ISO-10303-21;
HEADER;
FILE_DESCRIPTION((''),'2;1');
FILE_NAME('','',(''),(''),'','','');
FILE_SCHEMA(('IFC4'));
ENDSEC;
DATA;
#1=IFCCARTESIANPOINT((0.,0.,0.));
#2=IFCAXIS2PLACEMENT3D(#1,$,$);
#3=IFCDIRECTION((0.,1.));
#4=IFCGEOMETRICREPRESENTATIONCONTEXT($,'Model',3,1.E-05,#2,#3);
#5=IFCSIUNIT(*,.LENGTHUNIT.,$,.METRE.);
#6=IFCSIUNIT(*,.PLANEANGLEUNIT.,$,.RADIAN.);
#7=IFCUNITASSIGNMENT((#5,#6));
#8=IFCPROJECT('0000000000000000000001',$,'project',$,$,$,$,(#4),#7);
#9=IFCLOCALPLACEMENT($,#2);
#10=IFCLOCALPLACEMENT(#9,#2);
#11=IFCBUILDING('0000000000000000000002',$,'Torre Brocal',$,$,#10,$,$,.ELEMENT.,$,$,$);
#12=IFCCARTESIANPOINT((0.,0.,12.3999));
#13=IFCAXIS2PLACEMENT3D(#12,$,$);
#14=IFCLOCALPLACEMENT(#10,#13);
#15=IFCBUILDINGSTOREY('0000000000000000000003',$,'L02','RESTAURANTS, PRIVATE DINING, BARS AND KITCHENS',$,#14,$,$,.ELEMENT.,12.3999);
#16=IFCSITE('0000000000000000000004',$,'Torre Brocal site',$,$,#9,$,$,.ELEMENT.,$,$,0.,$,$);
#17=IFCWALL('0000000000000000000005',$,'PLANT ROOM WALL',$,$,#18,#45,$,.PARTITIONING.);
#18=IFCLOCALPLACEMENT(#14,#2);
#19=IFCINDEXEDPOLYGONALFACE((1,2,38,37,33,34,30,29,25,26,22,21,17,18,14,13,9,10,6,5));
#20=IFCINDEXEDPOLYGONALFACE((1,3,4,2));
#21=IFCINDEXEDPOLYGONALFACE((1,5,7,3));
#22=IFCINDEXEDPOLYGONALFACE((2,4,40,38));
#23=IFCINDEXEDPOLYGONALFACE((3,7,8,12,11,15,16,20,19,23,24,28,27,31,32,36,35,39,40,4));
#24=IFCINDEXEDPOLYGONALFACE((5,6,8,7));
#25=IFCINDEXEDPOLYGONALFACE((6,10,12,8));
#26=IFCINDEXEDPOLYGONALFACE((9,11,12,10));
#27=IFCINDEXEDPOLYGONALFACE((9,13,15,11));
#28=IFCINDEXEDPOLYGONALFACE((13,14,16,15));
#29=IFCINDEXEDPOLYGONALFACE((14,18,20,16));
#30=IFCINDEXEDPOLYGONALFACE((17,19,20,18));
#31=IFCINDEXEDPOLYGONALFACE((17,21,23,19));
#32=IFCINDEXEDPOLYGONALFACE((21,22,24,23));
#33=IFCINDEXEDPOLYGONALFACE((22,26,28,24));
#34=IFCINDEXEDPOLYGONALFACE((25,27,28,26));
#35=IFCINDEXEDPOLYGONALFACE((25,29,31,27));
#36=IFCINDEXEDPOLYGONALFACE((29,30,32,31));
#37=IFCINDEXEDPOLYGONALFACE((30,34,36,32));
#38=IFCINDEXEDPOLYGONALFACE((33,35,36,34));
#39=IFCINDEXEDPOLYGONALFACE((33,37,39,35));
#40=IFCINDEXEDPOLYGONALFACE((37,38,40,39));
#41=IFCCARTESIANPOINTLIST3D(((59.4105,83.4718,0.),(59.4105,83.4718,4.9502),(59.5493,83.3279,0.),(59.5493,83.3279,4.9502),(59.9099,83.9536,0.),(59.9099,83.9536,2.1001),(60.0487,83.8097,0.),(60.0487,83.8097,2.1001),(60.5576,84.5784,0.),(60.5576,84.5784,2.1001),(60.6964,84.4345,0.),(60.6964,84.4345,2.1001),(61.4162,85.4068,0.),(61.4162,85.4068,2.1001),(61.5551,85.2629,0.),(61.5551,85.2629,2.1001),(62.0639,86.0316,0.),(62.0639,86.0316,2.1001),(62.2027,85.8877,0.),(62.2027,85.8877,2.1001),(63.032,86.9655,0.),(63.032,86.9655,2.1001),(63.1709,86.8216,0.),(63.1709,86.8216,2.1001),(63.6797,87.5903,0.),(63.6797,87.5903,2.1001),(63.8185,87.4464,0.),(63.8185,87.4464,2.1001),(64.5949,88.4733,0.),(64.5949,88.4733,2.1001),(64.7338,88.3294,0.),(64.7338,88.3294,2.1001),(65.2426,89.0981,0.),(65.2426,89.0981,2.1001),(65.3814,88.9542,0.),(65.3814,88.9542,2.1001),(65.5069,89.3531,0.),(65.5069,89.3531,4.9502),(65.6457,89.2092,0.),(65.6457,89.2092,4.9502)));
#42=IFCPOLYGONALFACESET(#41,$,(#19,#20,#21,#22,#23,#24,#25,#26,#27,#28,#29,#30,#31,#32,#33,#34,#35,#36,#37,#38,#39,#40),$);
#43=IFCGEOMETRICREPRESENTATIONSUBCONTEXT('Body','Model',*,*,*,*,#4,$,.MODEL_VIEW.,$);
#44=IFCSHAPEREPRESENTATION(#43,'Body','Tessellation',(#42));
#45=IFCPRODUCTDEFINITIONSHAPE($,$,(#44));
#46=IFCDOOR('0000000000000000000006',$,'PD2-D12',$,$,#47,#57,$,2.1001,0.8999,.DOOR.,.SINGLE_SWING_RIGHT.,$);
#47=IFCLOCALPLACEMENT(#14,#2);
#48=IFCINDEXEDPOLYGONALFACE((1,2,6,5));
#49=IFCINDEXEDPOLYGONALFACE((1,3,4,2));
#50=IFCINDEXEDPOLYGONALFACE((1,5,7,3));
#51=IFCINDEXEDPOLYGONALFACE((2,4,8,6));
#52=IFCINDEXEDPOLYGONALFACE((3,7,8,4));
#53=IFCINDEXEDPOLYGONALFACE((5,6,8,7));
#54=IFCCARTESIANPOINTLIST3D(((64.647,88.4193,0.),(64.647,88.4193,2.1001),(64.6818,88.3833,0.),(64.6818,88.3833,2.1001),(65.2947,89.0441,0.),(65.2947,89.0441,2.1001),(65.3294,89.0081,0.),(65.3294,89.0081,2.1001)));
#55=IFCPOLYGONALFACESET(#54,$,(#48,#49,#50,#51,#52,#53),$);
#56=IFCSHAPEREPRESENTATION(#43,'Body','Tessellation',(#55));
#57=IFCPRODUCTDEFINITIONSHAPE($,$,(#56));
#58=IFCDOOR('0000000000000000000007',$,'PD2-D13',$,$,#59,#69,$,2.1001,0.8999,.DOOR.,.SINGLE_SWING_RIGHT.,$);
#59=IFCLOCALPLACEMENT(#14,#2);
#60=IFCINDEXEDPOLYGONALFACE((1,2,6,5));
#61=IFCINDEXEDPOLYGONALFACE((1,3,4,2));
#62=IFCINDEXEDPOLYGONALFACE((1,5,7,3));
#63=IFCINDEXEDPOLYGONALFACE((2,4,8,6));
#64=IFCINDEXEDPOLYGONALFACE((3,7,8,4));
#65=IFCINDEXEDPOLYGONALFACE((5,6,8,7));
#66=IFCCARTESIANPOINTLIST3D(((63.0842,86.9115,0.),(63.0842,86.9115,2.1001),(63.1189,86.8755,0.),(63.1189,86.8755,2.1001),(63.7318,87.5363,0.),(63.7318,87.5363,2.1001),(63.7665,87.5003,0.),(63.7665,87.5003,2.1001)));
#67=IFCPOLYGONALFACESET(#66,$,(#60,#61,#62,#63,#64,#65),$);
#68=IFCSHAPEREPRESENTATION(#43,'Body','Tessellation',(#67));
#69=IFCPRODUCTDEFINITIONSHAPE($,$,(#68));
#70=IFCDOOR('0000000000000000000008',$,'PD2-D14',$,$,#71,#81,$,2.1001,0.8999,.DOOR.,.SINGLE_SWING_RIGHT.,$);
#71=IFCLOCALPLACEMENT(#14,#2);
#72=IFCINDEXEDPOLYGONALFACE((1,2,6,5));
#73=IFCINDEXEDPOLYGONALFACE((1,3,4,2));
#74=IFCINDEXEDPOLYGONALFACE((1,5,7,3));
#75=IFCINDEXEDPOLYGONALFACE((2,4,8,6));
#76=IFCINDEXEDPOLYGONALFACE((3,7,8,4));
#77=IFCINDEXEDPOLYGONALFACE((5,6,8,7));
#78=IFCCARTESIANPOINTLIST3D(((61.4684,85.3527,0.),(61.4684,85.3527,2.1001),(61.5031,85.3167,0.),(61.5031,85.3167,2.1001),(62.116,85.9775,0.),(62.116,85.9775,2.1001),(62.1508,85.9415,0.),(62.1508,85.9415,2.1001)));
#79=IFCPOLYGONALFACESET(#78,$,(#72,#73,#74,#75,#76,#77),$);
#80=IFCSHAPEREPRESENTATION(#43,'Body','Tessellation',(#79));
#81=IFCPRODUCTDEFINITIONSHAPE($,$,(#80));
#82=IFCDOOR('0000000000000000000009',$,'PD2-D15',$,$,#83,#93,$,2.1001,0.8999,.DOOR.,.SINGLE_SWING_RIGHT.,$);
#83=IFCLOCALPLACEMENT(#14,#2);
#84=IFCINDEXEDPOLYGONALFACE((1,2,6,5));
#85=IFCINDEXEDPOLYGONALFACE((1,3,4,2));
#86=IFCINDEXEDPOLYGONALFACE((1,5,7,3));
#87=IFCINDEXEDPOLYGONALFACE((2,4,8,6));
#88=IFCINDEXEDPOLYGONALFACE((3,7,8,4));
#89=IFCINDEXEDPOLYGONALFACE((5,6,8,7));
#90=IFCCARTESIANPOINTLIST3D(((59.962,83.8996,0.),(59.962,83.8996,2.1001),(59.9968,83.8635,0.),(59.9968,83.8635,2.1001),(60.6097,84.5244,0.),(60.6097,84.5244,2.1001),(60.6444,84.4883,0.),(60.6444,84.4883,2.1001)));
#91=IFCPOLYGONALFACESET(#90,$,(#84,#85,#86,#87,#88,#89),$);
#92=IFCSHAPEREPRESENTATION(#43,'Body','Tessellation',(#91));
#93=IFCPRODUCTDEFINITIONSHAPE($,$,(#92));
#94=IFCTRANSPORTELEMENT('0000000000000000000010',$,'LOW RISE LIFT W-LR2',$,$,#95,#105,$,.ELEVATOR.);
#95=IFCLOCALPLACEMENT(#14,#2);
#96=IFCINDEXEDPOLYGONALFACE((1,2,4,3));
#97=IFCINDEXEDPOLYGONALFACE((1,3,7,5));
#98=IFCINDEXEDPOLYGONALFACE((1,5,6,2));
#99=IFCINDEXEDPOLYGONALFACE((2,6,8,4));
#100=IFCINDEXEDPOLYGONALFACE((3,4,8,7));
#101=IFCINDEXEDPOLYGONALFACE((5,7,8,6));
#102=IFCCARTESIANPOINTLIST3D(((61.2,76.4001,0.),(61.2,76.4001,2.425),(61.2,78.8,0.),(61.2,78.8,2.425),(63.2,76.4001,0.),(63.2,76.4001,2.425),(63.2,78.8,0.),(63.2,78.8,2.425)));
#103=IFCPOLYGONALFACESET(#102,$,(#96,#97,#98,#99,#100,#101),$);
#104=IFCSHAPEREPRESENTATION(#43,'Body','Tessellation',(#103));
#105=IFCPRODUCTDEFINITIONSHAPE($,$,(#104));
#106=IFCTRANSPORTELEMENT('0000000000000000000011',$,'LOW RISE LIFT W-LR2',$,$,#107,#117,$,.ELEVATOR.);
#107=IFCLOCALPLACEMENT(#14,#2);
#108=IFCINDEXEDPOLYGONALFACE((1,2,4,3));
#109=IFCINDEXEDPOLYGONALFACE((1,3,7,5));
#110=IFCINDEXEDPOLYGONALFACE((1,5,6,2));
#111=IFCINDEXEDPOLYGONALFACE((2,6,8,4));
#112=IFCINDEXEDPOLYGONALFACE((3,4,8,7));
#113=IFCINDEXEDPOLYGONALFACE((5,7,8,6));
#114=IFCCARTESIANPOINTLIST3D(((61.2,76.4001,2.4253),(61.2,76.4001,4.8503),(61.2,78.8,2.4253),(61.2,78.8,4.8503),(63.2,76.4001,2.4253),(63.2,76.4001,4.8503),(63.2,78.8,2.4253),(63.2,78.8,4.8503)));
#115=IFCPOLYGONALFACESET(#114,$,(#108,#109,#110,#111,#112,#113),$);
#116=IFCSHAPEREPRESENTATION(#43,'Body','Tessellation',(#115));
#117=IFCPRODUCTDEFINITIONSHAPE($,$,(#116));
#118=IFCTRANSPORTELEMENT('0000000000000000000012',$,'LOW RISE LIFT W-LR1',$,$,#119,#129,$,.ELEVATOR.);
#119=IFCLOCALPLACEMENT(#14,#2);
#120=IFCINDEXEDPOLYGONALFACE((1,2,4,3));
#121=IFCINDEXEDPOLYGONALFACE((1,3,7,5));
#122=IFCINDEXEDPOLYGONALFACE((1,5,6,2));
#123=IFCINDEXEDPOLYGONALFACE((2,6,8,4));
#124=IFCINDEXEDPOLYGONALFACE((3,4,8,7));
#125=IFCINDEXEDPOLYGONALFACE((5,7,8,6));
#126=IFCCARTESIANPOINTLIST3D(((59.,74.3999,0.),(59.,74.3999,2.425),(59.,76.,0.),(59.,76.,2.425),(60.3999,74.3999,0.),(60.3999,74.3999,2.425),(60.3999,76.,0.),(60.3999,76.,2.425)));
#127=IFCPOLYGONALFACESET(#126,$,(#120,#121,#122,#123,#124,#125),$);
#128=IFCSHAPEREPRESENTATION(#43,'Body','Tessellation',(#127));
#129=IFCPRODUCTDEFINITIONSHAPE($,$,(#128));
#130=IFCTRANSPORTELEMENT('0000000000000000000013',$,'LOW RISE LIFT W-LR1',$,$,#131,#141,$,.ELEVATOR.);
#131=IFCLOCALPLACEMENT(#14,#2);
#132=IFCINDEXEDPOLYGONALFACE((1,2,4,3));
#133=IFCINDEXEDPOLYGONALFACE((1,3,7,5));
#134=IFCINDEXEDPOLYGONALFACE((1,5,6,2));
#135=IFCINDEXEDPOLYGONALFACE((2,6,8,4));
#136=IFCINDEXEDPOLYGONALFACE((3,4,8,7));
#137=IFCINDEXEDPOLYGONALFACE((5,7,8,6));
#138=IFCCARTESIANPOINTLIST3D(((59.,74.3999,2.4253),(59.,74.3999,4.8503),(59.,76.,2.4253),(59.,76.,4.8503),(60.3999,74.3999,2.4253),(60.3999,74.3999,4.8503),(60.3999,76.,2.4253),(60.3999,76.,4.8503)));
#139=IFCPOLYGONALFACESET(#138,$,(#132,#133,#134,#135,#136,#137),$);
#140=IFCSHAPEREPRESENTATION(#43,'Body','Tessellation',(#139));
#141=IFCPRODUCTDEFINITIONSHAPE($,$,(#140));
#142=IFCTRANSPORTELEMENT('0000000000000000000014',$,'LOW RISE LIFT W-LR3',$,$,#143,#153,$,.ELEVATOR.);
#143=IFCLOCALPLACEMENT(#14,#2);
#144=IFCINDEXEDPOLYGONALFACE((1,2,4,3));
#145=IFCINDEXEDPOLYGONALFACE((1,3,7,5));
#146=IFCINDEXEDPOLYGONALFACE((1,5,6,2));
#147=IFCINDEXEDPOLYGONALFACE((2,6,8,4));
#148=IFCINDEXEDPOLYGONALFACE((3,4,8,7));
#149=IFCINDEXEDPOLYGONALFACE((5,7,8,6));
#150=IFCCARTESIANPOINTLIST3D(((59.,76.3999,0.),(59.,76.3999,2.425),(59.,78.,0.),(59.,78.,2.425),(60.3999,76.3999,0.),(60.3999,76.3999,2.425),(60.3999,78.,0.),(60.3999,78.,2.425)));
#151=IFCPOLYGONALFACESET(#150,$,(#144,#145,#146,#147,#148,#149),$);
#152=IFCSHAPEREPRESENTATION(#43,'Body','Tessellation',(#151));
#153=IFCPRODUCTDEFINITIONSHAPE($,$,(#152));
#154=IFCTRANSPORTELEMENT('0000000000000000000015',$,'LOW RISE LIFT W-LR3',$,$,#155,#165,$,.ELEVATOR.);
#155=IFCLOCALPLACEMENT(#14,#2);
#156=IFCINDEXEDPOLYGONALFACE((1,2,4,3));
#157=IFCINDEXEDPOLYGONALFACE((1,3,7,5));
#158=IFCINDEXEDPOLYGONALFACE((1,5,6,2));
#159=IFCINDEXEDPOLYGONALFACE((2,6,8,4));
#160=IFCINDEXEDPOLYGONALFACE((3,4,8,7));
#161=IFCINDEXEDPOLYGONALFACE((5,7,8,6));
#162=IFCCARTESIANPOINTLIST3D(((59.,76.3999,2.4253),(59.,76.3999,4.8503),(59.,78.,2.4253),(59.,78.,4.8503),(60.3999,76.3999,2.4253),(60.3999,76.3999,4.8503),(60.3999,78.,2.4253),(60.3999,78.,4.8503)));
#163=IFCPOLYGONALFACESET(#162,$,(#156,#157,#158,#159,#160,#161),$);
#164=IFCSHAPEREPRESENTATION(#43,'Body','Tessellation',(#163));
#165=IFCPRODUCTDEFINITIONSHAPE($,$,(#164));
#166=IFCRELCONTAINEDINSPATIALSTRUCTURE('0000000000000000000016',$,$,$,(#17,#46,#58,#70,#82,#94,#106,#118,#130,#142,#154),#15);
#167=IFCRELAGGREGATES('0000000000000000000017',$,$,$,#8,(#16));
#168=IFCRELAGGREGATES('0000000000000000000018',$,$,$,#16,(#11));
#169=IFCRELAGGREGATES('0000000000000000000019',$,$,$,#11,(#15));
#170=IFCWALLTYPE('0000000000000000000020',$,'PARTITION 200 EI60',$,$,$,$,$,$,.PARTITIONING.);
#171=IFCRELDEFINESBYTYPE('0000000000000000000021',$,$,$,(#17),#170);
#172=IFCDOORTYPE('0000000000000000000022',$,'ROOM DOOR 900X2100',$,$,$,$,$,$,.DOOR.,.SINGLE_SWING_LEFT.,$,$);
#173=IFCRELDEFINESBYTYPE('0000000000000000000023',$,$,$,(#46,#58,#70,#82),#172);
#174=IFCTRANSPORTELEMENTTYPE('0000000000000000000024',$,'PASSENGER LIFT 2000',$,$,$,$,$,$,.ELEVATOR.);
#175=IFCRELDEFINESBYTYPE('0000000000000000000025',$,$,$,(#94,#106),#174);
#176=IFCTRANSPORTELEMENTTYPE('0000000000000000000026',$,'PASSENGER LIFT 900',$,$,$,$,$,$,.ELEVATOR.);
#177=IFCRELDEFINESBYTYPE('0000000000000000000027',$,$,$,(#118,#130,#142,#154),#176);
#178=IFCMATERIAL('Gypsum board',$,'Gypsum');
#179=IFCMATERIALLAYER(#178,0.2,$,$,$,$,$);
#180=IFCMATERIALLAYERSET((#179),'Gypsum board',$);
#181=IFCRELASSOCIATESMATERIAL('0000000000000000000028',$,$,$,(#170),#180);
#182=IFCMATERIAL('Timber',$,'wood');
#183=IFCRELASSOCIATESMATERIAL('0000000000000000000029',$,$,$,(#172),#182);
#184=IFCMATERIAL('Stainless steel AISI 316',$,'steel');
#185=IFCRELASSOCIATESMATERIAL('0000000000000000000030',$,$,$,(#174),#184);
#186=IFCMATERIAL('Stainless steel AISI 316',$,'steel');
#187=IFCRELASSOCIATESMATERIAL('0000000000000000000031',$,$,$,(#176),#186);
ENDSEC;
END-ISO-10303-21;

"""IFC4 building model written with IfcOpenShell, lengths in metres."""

from ifc_helpers import new_model, si_unit, direction, frame, frame_2d, origin, origin_2d, place, context, subcontext, project, spatial, rectangle, extrude, material, layer, layer_set, type_object, element, fill, save


model = new_model("IFC4")

# Units and contexts
model_context = context("Model", 3, precision=1e-05, world=origin(), true_north=direction((0.0, 1.0)))
body_context = subcontext(model_context, "Body", "Model", "MODEL_VIEW")
ifc_project = project(units=[si_unit("LENGTHUNIT", "METRE"), si_unit("PLANEANGLEUNIT", "RADIAN")], contexts=[model_context])

# Site, building, storey
site_placement = place(None, origin())
site = spatial("IfcSite", under=ifc_project, at=site_placement, Name="Torre Brocal site", CompositionType="ELEMENT", RefElevation=0.0)
building_placement = place(site_placement, origin())
building = spatial("IfcBuilding", under=site, at=building_placement, Name="Torre Brocal", CompositionType="ELEMENT")
storey_placement = place(building_placement, frame((0.0, 0.0, 12.3999)))
storey = spatial("IfcBuildingStorey", under=building, at=storey_placement, Name="L02", Description="RESTAURANTS, PRIVATE DINING, BARS AND KITCHENS", CompositionType="ELEMENT", Elevation=12.3999)

# Wall, openings, doors
ifc_material_1 = material(Name="Gypsum board", Category="Gypsum")
ifc_layer_1 = layer(ifc_material_1, 0.2)
ifc_layer_set_1 = layer_set([ifc_layer_1], Name="Gypsum board")
wall_type_1 = type_object("IfcWallType", Name="PARTITION 200 EI60", PredefinedType="PARTITIONING", material=ifc_layer_set_1)
wall_1_placement = place(storey_placement, frame((59.48, 83.3999, 0.0), z_axis=(0.0, 0.0, 1.0), x_axis=(0.719688, 0.694297, 0.0)))
wall_1 = element("IfcWall", 1, at=wall_1_placement, inside=storey, type_object=wall_type_1, Name="PLANT ROOM WALL", PredefinedType="PARTITIONING", context=body_context, shape_type="SweptSolid", body=[
    extrude(rectangle(XDim=8.4709, YDim=0.2, at=frame_2d((4.2354, 0.0))), origin(), (0.0, 0.0, 1.0), 4.9502),
])
opening_1_placement = place(wall_1_placement, frame((7.2036, 0.0, 0.0)))
opening_1 = element("IfcOpeningElement", 2, at=opening_1_placement, cuts=wall_1, PredefinedType="OPENING", context=body_context, shape_type="SweptSolid", body=[
    extrude(rectangle(XDim=0.8999, YDim=2.1001, at=frame_2d((0.45, 1.05))), frame((0.0, 0.1099, 0.0), z_axis=(0.0, -1.0, 0.0), x_axis=(1.0, 0.0, 0.0)), (0.0, 0.0, 1.0), 0.22),
])
opening_2_placement = place(wall_1_placement, frame((5.032, 0.0, 0.0)))
opening_2 = element("IfcOpeningElement", 3, at=opening_2_placement, cuts=wall_1, PredefinedType="OPENING", context=body_context, shape_type="SweptSolid", body=[
    extrude(rectangle(XDim=0.8999, YDim=2.1001, at=frame_2d((0.45, 1.05))), frame((0.0, 0.1099, 0.0), z_axis=(0.0, -1.0, 0.0), x_axis=(1.0, 0.0, 0.0)), (0.0, 0.0, 1.0), 0.22),
])
opening_3_placement = place(wall_1_placement, frame((2.7869, 0.0, 0.0)))
opening_3 = element("IfcOpeningElement", 4, at=opening_3_placement, cuts=wall_1, PredefinedType="OPENING", context=body_context, shape_type="SweptSolid", body=[
    extrude(rectangle(XDim=0.8999, YDim=2.1001, at=frame_2d((0.45, 1.05))), frame((0.0, 0.1099, 0.0), z_axis=(0.0, -1.0, 0.0), x_axis=(1.0, 0.0, 0.0)), (0.0, 0.0, 1.0), 0.22),
])
opening_4_placement = place(wall_1_placement, frame((0.6938, 0.0, 0.0)))
opening_4 = element("IfcOpeningElement", 5, at=opening_4_placement, cuts=wall_1, PredefinedType="OPENING", context=body_context, shape_type="SweptSolid", body=[
    extrude(rectangle(XDim=0.8999, YDim=2.1001, at=frame_2d((0.45, 1.05))), frame((0.0, 0.1099, 0.0), z_axis=(0.0, -1.0, 0.0), x_axis=(1.0, 0.0, 0.0)), (0.0, 0.0, 1.0), 0.22),
])
ifc_material_2 = material(Name="Timber", Category="wood")
door_type_1 = type_object("IfcDoorType", Name="ROOM DOOR 900X2100", OperationType="SINGLE_SWING_LEFT", PredefinedType="DOOR", material=ifc_material_2)
door_1_placement = place(opening_1_placement, origin())
door_1 = element("IfcDoor", 6, at=door_1_placement, inside=storey, type_object=door_type_1, Name="PD2-D12", OperationType="SINGLE_SWING_RIGHT", OverallHeight=2.1001, OverallWidth=0.8999, PredefinedType="DOOR", context=body_context, shape_type="SweptSolid", body=[
    extrude(rectangle(XDim=0.8999, YDim=2.1001, at=frame_2d((0.45, 1.05))), frame((0.0, 0.0249, 0.0), z_axis=(0.0, -1.0, 0.0), x_axis=(1.0, 0.0, 0.0)), (0.0, 0.0, 1.0), 0.05),
])
fill(opening_1, door_1)
door_2_placement = place(opening_2_placement, origin())
door_2 = element("IfcDoor", 7, at=door_2_placement, inside=storey, type_object=door_type_1, Name="PD2-D13", OperationType="SINGLE_SWING_RIGHT", OverallHeight=2.1001, OverallWidth=0.8999, PredefinedType="DOOR", context=body_context, shape_type="SweptSolid", body=[
    extrude(rectangle(XDim=0.8999, YDim=2.1001, at=frame_2d((0.45, 1.05))), frame((0.0, 0.0249, 0.0), z_axis=(0.0, -1.0, 0.0), x_axis=(1.0, 0.0, 0.0)), (0.0, 0.0, 1.0), 0.05),
])
fill(opening_2, door_2)
door_3_placement = place(opening_3_placement, origin())
door_3 = element("IfcDoor", 8, at=door_3_placement, inside=storey, type_object=door_type_1, Name="PD2-D14", OperationType="SINGLE_SWING_RIGHT", OverallHeight=2.1001, OverallWidth=0.8999, PredefinedType="DOOR", context=body_context, shape_type="SweptSolid", body=[
    extrude(rectangle(XDim=0.8999, YDim=2.1001, at=frame_2d((0.45, 1.05))), frame((0.0, 0.0249, 0.0), z_axis=(0.0, -1.0, 0.0), x_axis=(1.0, 0.0, 0.0)), (0.0, 0.0, 1.0), 0.05),
])
fill(opening_3, door_3)
door_4_placement = place(opening_4_placement, origin())
door_4 = element("IfcDoor", 9, at=door_4_placement, inside=storey, type_object=door_type_1, Name="PD2-D15", OperationType="SINGLE_SWING_RIGHT", OverallHeight=2.1001, OverallWidth=0.8999, PredefinedType="DOOR", context=body_context, shape_type="SweptSolid", body=[
    extrude(rectangle(XDim=0.8999, YDim=2.1001, at=frame_2d((0.45, 1.05))), frame((0.0, 0.0249, 0.0), z_axis=(0.0, -1.0, 0.0), x_axis=(1.0, 0.0, 0.0)), (0.0, 0.0, 1.0), 0.05),
])
fill(opening_4, door_4)

# Transport elements
ifc_material_3 = material(Name="Stainless steel AISI 316", Category="steel")
transport_element_type_1 = type_object("IfcTransportElementType", Name="PASSENGER LIFT 2000", PredefinedType="ELEVATOR", material=ifc_material_3)
for number, where, z_axis, x_axis, name in (
    (10, (62.2, 77.6001, 0.0), (0.0, 0.0, 1.0), (1.0, 0.0, 0.0), "LOW RISE LIFT W-LR2"),
    (11, (62.2, 77.6001, 2.4253), (0.0, 0.0, 1.0), (1.0, 0.0, 0.0), "LOW RISE LIFT W-LR2"),
):
    element("IfcTransportElement", number, at=place(storey_placement, frame(where, z_axis=z_axis, x_axis=x_axis)), inside=storey, type_object=transport_element_type_1, Name=name, PredefinedType="ELEVATOR", context=body_context, shape_type="SweptSolid", body=[
        extrude(rectangle(XDim=2.0, YDim=2.3999, at=origin_2d()), origin(), (0.0, 0.0, 1.0), 2.425),
    ])
ifc_material_4 = material(Name="Stainless steel AISI 316", Category="steel")
transport_element_type_2 = type_object("IfcTransportElementType", Name="PASSENGER LIFT 900", PredefinedType="ELEVATOR", material=ifc_material_4)
for number, where, z_axis, x_axis, name in (
    (12, (59.7, 75.2, 0.0), (0.0, 0.0, 1.0), (1.0, 0.0, 0.0), "LOW RISE LIFT W-LR1"),
    (13, (59.7, 75.2, 2.4253), (0.0, 0.0, 1.0), (1.0, 0.0, 0.0), "LOW RISE LIFT W-LR1"),
    (14, (59.7, 77.2, 0.0), (0.0, 0.0, 1.0), (1.0, 0.0, 0.0), "LOW RISE LIFT W-LR3"),
    (15, (59.7, 77.2, 2.4253), (0.0, 0.0, 1.0), (1.0, 0.0, 0.0), "LOW RISE LIFT W-LR3"),
):
    element("IfcTransportElement", number, at=place(storey_placement, frame(where, z_axis=z_axis, x_axis=x_axis)), inside=storey, type_object=transport_element_type_2, Name=name, PredefinedType="ELEVATOR", context=body_context, shape_type="SweptSolid", body=[
        extrude(rectangle(XDim=1.3999, YDim=1.6001, at=origin_2d()), origin(), (0.0, 0.0, 1.0), 2.425),
    ])

save(model, "model.ifc")
